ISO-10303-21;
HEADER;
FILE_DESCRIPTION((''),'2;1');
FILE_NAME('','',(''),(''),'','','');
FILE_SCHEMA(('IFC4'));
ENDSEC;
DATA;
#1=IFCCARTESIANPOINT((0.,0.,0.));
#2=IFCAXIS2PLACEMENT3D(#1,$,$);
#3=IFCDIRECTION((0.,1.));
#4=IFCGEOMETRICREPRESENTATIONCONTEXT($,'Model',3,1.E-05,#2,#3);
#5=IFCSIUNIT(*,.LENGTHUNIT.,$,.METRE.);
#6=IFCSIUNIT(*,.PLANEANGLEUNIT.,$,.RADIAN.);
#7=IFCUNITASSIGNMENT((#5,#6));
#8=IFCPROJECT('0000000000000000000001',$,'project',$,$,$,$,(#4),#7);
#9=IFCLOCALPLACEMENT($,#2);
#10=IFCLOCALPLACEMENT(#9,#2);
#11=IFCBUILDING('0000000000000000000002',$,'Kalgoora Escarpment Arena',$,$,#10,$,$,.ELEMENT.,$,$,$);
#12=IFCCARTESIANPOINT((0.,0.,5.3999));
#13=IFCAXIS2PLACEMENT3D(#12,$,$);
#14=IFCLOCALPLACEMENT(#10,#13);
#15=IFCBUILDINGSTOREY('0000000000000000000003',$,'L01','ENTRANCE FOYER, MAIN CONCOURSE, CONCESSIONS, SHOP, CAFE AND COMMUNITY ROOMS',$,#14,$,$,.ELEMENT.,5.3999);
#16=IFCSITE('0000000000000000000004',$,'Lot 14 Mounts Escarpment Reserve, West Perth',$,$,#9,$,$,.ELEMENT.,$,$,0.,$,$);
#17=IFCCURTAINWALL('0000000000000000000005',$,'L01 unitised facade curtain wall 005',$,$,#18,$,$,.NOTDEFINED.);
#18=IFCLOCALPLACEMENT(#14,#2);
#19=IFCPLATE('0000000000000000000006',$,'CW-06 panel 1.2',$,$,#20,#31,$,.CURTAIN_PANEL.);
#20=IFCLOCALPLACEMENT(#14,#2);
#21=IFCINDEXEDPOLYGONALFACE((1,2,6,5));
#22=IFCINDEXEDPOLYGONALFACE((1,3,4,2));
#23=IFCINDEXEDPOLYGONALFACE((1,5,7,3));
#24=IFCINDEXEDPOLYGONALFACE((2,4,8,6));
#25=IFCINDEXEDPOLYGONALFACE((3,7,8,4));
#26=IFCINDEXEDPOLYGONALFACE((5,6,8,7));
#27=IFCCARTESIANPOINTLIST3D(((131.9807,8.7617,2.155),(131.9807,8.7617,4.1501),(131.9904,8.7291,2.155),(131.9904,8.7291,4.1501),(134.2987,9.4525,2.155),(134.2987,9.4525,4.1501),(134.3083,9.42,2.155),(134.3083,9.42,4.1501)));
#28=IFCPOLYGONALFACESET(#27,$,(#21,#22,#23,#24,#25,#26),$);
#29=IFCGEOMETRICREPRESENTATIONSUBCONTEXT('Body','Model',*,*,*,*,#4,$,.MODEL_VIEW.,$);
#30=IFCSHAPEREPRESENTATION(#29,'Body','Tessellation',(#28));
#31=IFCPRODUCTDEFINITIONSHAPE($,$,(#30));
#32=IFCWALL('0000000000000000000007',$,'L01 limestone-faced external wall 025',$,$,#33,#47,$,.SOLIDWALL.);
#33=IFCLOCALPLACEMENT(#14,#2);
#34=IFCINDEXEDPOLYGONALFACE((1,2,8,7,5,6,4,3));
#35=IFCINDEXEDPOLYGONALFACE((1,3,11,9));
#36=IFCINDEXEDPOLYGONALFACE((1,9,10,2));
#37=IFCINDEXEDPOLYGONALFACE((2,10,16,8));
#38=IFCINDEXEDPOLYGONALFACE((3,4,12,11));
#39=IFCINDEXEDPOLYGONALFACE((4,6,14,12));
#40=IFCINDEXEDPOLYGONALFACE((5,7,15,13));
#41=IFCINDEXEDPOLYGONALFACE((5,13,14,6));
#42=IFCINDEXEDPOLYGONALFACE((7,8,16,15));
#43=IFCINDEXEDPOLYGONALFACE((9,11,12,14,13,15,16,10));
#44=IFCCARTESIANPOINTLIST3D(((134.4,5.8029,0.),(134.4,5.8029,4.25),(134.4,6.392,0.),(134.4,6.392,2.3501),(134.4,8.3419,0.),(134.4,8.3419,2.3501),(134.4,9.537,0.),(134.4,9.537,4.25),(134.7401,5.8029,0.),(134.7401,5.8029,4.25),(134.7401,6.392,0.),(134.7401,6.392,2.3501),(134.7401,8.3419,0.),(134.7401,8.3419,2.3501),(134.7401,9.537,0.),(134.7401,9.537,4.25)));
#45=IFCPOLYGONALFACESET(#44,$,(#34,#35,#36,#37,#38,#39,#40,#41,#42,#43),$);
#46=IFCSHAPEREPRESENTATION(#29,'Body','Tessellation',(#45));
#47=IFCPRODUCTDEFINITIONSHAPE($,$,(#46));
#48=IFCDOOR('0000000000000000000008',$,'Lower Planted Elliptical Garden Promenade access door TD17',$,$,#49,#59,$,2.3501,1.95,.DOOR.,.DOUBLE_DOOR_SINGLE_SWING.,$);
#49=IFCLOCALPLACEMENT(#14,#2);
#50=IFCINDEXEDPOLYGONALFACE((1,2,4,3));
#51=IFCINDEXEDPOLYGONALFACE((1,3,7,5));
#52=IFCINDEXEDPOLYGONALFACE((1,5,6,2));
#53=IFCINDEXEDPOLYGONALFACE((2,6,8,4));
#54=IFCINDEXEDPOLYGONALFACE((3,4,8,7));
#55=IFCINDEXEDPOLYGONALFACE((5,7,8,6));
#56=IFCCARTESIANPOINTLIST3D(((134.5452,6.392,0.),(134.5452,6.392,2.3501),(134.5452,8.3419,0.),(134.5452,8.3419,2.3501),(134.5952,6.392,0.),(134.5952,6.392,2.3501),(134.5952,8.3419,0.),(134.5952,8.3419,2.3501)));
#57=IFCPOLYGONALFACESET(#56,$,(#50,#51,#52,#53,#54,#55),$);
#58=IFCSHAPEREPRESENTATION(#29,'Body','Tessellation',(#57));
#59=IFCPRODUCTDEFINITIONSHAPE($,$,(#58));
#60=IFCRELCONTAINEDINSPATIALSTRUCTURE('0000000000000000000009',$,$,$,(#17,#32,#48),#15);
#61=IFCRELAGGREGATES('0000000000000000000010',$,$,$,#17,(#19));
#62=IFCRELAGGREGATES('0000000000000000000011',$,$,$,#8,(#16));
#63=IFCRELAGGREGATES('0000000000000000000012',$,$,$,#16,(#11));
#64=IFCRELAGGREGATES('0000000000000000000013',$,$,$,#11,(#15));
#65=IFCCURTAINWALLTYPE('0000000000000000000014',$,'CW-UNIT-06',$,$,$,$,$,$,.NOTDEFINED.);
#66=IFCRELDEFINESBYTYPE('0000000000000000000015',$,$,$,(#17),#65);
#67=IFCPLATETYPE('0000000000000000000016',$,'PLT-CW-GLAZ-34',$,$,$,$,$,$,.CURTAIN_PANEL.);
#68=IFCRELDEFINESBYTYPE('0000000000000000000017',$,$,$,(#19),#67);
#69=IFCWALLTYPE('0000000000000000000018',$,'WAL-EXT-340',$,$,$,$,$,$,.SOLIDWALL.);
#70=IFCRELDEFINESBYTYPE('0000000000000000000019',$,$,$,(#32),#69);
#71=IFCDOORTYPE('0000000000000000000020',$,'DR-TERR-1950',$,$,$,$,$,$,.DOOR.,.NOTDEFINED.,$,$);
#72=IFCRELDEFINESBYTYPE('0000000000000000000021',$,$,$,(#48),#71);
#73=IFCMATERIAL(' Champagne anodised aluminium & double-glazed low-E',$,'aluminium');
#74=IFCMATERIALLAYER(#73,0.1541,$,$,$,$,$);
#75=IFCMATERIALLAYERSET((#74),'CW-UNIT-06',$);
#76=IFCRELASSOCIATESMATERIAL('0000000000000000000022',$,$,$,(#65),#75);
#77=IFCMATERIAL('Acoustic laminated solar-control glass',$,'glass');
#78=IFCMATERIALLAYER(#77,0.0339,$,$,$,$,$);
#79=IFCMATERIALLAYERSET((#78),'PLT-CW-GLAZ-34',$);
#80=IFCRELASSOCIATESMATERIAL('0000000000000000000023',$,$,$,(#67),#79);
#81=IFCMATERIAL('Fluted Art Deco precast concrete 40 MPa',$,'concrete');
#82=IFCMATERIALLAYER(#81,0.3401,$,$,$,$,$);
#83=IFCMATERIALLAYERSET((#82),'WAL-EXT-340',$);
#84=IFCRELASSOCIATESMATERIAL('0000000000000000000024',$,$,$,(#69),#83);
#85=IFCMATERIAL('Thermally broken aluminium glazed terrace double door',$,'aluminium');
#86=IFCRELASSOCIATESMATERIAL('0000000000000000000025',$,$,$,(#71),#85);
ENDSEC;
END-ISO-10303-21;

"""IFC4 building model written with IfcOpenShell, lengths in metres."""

from ifc_helpers import new_model, si_unit, direction, frame, frame_2d, origin, origin_2d, place, context, subcontext, project, spatial, rectangle, extrude, material, layer, layer_set, type_object, element, fill, aggregate, save


model = new_model("IFC4")

# Units and contexts
model_context = context("Model", 3, precision=1e-05, world=origin(), true_north=direction((0.0, 1.0)))
body_context = subcontext(model_context, "Body", "Model", "MODEL_VIEW")
ifc_project = project(units=[si_unit("LENGTHUNIT", "METRE"), si_unit("PLANEANGLEUNIT", "RADIAN")], contexts=[model_context])

# Site, building, storey
site_placement = place(None, origin())
site = spatial("IfcSite", under=ifc_project, at=site_placement, Name="Lot 14 Mounts Escarpment Reserve, West Perth", CompositionType="ELEMENT", RefElevation=0.0)
building_placement = place(site_placement, origin())
building = spatial("IfcBuilding", under=site, at=building_placement, Name="Kalgoora Escarpment Arena", CompositionType="ELEMENT")
storey_placement = place(building_placement, frame((0.0, 0.0, 5.3999)))
storey = spatial("IfcBuildingStorey", under=building, at=storey_placement, Name="L01", Description="ENTRANCE FOYER, MAIN CONCOURSE, CONCESSIONS, SHOP, CAFE AND COMMUNITY ROOMS", CompositionType="ELEMENT", Elevation=5.3999)

# Curtain wall
ifc_material_1 = material(Name=" Champagne anodised aluminium & double-glazed low-E", Category="aluminium")
ifc_layer_1 = layer(ifc_material_1, 0.1541)
ifc_layer_set_1 = layer_set([ifc_layer_1], Name="CW-UNIT-06")
curtain_wall_type_1 = type_object("IfcCurtainWallType", Name="CW-UNIT-06", PredefinedType="NOTDEFINED", material=ifc_layer_set_1)
curtain_wall_1_placement = place(storey_placement, origin())
curtain_wall_1 = element("IfcCurtainWall", 1, at=curtain_wall_1_placement, inside=storey, type_object=curtain_wall_type_1, Name="L01 unitised facade curtain wall 005", PredefinedType="NOTDEFINED")

# Plate
ifc_material_2 = material(Name="Acoustic laminated solar-control glass", Category="glass")
ifc_layer_2 = layer(ifc_material_2, 0.0339)
ifc_layer_set_2 = layer_set([ifc_layer_2], Name="PLT-CW-GLAZ-34")
plate_type_1 = type_object("IfcPlateType", Name="PLT-CW-GLAZ-34", PredefinedType="CURTAIN_PANEL", material=ifc_layer_set_2)
plate_1_placement = place(storey_placement, frame((133.1445, 9.0908, 2.155), z_axis=(0.0, 0.0, 1.0), x_axis=(-0.958339, -0.285632, 0.0)))
plate_1 = element("IfcPlate", 2, at=plate_1_placement, type_object=plate_type_1, Name="CW-06 panel 1.2", PredefinedType="CURTAIN_PANEL", context=body_context, shape_type="SweptSolid", body=[
    extrude(rectangle(XDim=2.4187, YDim=0.0339, at=origin_2d()), origin(), (0.0, 0.0, 1.0), 1.9951),
])
aggregate(curtain_wall_1, [plate_1])

# Wall, opening, door
ifc_material_3 = material(Name="Fluted Art Deco precast concrete 40 MPa", Category="concrete")
ifc_layer_3 = layer(ifc_material_3, 0.3401)
ifc_layer_set_3 = layer_set([ifc_layer_3], Name="WAL-EXT-340")
wall_type = type_object("IfcWallType", Name="WAL-EXT-340", PredefinedType="SOLIDWALL", material=ifc_layer_set_3)
wall_placement = place(storey_placement, frame((134.5701, 5.8027, 0.0), z_axis=(0.0, 0.0, 1.0), x_axis=(0.0, 1.0, 0.0)))
wall = element("IfcWall", 3, at=wall_placement, inside=storey, type_object=wall_type, Name="L01 limestone-faced external wall 025", PredefinedType="SOLIDWALL", context=body_context, shape_type="SweptSolid", body=[
    extrude(rectangle(XDim=3.7341, YDim=0.3401, at=frame_2d((1.8672, 0.0))), origin(), (0.0, 0.0, 1.0), 4.25),
])
opening_placement = place(wall_placement, frame((0.5891, 0.0, 0.0)))
opening = element("IfcOpeningElement", 4, at=opening_placement, cuts=wall, PredefinedType="OPENING", context=body_context, shape_type="SweptSolid", body=[
    extrude(rectangle(XDim=1.95, YDim=2.3501, at=frame_2d((0.9751, 1.175))), frame((0.0, 0.1799, 0.0), z_axis=(0.0, -1.0, 0.0), x_axis=(1.0, 0.0, 0.0)), (0.0, 0.0, 1.0), 0.3601),
])
ifc_material_4 = material(Name="Thermally broken aluminium glazed terrace double door", Category="aluminium")
door_type = type_object("IfcDoorType", Name="DR-TERR-1950", OperationType="NOTDEFINED", PredefinedType="DOOR", material=ifc_material_4)
door_placement = place(opening_placement, origin())
door = element("IfcDoor", 5, at=door_placement, inside=storey, type_object=door_type, Name="Lower Planted Elliptical Garden Promenade access door TD17", OperationType="DOUBLE_DOOR_SINGLE_SWING", OverallHeight=2.3501, OverallWidth=1.95, PredefinedType="DOOR", context=body_context, shape_type="SweptSolid", body=[
    extrude(rectangle(XDim=1.95, YDim=2.3501, at=frame_2d((0.9751, 1.175))), frame((0.0, 0.0249, 0.0), z_axis=(0.0, -1.0, 0.0), x_axis=(1.0, 0.0, 0.0)), (0.0, 0.0, 1.0), 0.05),
])
fill(opening, door)

save(model, "model.ifc")
